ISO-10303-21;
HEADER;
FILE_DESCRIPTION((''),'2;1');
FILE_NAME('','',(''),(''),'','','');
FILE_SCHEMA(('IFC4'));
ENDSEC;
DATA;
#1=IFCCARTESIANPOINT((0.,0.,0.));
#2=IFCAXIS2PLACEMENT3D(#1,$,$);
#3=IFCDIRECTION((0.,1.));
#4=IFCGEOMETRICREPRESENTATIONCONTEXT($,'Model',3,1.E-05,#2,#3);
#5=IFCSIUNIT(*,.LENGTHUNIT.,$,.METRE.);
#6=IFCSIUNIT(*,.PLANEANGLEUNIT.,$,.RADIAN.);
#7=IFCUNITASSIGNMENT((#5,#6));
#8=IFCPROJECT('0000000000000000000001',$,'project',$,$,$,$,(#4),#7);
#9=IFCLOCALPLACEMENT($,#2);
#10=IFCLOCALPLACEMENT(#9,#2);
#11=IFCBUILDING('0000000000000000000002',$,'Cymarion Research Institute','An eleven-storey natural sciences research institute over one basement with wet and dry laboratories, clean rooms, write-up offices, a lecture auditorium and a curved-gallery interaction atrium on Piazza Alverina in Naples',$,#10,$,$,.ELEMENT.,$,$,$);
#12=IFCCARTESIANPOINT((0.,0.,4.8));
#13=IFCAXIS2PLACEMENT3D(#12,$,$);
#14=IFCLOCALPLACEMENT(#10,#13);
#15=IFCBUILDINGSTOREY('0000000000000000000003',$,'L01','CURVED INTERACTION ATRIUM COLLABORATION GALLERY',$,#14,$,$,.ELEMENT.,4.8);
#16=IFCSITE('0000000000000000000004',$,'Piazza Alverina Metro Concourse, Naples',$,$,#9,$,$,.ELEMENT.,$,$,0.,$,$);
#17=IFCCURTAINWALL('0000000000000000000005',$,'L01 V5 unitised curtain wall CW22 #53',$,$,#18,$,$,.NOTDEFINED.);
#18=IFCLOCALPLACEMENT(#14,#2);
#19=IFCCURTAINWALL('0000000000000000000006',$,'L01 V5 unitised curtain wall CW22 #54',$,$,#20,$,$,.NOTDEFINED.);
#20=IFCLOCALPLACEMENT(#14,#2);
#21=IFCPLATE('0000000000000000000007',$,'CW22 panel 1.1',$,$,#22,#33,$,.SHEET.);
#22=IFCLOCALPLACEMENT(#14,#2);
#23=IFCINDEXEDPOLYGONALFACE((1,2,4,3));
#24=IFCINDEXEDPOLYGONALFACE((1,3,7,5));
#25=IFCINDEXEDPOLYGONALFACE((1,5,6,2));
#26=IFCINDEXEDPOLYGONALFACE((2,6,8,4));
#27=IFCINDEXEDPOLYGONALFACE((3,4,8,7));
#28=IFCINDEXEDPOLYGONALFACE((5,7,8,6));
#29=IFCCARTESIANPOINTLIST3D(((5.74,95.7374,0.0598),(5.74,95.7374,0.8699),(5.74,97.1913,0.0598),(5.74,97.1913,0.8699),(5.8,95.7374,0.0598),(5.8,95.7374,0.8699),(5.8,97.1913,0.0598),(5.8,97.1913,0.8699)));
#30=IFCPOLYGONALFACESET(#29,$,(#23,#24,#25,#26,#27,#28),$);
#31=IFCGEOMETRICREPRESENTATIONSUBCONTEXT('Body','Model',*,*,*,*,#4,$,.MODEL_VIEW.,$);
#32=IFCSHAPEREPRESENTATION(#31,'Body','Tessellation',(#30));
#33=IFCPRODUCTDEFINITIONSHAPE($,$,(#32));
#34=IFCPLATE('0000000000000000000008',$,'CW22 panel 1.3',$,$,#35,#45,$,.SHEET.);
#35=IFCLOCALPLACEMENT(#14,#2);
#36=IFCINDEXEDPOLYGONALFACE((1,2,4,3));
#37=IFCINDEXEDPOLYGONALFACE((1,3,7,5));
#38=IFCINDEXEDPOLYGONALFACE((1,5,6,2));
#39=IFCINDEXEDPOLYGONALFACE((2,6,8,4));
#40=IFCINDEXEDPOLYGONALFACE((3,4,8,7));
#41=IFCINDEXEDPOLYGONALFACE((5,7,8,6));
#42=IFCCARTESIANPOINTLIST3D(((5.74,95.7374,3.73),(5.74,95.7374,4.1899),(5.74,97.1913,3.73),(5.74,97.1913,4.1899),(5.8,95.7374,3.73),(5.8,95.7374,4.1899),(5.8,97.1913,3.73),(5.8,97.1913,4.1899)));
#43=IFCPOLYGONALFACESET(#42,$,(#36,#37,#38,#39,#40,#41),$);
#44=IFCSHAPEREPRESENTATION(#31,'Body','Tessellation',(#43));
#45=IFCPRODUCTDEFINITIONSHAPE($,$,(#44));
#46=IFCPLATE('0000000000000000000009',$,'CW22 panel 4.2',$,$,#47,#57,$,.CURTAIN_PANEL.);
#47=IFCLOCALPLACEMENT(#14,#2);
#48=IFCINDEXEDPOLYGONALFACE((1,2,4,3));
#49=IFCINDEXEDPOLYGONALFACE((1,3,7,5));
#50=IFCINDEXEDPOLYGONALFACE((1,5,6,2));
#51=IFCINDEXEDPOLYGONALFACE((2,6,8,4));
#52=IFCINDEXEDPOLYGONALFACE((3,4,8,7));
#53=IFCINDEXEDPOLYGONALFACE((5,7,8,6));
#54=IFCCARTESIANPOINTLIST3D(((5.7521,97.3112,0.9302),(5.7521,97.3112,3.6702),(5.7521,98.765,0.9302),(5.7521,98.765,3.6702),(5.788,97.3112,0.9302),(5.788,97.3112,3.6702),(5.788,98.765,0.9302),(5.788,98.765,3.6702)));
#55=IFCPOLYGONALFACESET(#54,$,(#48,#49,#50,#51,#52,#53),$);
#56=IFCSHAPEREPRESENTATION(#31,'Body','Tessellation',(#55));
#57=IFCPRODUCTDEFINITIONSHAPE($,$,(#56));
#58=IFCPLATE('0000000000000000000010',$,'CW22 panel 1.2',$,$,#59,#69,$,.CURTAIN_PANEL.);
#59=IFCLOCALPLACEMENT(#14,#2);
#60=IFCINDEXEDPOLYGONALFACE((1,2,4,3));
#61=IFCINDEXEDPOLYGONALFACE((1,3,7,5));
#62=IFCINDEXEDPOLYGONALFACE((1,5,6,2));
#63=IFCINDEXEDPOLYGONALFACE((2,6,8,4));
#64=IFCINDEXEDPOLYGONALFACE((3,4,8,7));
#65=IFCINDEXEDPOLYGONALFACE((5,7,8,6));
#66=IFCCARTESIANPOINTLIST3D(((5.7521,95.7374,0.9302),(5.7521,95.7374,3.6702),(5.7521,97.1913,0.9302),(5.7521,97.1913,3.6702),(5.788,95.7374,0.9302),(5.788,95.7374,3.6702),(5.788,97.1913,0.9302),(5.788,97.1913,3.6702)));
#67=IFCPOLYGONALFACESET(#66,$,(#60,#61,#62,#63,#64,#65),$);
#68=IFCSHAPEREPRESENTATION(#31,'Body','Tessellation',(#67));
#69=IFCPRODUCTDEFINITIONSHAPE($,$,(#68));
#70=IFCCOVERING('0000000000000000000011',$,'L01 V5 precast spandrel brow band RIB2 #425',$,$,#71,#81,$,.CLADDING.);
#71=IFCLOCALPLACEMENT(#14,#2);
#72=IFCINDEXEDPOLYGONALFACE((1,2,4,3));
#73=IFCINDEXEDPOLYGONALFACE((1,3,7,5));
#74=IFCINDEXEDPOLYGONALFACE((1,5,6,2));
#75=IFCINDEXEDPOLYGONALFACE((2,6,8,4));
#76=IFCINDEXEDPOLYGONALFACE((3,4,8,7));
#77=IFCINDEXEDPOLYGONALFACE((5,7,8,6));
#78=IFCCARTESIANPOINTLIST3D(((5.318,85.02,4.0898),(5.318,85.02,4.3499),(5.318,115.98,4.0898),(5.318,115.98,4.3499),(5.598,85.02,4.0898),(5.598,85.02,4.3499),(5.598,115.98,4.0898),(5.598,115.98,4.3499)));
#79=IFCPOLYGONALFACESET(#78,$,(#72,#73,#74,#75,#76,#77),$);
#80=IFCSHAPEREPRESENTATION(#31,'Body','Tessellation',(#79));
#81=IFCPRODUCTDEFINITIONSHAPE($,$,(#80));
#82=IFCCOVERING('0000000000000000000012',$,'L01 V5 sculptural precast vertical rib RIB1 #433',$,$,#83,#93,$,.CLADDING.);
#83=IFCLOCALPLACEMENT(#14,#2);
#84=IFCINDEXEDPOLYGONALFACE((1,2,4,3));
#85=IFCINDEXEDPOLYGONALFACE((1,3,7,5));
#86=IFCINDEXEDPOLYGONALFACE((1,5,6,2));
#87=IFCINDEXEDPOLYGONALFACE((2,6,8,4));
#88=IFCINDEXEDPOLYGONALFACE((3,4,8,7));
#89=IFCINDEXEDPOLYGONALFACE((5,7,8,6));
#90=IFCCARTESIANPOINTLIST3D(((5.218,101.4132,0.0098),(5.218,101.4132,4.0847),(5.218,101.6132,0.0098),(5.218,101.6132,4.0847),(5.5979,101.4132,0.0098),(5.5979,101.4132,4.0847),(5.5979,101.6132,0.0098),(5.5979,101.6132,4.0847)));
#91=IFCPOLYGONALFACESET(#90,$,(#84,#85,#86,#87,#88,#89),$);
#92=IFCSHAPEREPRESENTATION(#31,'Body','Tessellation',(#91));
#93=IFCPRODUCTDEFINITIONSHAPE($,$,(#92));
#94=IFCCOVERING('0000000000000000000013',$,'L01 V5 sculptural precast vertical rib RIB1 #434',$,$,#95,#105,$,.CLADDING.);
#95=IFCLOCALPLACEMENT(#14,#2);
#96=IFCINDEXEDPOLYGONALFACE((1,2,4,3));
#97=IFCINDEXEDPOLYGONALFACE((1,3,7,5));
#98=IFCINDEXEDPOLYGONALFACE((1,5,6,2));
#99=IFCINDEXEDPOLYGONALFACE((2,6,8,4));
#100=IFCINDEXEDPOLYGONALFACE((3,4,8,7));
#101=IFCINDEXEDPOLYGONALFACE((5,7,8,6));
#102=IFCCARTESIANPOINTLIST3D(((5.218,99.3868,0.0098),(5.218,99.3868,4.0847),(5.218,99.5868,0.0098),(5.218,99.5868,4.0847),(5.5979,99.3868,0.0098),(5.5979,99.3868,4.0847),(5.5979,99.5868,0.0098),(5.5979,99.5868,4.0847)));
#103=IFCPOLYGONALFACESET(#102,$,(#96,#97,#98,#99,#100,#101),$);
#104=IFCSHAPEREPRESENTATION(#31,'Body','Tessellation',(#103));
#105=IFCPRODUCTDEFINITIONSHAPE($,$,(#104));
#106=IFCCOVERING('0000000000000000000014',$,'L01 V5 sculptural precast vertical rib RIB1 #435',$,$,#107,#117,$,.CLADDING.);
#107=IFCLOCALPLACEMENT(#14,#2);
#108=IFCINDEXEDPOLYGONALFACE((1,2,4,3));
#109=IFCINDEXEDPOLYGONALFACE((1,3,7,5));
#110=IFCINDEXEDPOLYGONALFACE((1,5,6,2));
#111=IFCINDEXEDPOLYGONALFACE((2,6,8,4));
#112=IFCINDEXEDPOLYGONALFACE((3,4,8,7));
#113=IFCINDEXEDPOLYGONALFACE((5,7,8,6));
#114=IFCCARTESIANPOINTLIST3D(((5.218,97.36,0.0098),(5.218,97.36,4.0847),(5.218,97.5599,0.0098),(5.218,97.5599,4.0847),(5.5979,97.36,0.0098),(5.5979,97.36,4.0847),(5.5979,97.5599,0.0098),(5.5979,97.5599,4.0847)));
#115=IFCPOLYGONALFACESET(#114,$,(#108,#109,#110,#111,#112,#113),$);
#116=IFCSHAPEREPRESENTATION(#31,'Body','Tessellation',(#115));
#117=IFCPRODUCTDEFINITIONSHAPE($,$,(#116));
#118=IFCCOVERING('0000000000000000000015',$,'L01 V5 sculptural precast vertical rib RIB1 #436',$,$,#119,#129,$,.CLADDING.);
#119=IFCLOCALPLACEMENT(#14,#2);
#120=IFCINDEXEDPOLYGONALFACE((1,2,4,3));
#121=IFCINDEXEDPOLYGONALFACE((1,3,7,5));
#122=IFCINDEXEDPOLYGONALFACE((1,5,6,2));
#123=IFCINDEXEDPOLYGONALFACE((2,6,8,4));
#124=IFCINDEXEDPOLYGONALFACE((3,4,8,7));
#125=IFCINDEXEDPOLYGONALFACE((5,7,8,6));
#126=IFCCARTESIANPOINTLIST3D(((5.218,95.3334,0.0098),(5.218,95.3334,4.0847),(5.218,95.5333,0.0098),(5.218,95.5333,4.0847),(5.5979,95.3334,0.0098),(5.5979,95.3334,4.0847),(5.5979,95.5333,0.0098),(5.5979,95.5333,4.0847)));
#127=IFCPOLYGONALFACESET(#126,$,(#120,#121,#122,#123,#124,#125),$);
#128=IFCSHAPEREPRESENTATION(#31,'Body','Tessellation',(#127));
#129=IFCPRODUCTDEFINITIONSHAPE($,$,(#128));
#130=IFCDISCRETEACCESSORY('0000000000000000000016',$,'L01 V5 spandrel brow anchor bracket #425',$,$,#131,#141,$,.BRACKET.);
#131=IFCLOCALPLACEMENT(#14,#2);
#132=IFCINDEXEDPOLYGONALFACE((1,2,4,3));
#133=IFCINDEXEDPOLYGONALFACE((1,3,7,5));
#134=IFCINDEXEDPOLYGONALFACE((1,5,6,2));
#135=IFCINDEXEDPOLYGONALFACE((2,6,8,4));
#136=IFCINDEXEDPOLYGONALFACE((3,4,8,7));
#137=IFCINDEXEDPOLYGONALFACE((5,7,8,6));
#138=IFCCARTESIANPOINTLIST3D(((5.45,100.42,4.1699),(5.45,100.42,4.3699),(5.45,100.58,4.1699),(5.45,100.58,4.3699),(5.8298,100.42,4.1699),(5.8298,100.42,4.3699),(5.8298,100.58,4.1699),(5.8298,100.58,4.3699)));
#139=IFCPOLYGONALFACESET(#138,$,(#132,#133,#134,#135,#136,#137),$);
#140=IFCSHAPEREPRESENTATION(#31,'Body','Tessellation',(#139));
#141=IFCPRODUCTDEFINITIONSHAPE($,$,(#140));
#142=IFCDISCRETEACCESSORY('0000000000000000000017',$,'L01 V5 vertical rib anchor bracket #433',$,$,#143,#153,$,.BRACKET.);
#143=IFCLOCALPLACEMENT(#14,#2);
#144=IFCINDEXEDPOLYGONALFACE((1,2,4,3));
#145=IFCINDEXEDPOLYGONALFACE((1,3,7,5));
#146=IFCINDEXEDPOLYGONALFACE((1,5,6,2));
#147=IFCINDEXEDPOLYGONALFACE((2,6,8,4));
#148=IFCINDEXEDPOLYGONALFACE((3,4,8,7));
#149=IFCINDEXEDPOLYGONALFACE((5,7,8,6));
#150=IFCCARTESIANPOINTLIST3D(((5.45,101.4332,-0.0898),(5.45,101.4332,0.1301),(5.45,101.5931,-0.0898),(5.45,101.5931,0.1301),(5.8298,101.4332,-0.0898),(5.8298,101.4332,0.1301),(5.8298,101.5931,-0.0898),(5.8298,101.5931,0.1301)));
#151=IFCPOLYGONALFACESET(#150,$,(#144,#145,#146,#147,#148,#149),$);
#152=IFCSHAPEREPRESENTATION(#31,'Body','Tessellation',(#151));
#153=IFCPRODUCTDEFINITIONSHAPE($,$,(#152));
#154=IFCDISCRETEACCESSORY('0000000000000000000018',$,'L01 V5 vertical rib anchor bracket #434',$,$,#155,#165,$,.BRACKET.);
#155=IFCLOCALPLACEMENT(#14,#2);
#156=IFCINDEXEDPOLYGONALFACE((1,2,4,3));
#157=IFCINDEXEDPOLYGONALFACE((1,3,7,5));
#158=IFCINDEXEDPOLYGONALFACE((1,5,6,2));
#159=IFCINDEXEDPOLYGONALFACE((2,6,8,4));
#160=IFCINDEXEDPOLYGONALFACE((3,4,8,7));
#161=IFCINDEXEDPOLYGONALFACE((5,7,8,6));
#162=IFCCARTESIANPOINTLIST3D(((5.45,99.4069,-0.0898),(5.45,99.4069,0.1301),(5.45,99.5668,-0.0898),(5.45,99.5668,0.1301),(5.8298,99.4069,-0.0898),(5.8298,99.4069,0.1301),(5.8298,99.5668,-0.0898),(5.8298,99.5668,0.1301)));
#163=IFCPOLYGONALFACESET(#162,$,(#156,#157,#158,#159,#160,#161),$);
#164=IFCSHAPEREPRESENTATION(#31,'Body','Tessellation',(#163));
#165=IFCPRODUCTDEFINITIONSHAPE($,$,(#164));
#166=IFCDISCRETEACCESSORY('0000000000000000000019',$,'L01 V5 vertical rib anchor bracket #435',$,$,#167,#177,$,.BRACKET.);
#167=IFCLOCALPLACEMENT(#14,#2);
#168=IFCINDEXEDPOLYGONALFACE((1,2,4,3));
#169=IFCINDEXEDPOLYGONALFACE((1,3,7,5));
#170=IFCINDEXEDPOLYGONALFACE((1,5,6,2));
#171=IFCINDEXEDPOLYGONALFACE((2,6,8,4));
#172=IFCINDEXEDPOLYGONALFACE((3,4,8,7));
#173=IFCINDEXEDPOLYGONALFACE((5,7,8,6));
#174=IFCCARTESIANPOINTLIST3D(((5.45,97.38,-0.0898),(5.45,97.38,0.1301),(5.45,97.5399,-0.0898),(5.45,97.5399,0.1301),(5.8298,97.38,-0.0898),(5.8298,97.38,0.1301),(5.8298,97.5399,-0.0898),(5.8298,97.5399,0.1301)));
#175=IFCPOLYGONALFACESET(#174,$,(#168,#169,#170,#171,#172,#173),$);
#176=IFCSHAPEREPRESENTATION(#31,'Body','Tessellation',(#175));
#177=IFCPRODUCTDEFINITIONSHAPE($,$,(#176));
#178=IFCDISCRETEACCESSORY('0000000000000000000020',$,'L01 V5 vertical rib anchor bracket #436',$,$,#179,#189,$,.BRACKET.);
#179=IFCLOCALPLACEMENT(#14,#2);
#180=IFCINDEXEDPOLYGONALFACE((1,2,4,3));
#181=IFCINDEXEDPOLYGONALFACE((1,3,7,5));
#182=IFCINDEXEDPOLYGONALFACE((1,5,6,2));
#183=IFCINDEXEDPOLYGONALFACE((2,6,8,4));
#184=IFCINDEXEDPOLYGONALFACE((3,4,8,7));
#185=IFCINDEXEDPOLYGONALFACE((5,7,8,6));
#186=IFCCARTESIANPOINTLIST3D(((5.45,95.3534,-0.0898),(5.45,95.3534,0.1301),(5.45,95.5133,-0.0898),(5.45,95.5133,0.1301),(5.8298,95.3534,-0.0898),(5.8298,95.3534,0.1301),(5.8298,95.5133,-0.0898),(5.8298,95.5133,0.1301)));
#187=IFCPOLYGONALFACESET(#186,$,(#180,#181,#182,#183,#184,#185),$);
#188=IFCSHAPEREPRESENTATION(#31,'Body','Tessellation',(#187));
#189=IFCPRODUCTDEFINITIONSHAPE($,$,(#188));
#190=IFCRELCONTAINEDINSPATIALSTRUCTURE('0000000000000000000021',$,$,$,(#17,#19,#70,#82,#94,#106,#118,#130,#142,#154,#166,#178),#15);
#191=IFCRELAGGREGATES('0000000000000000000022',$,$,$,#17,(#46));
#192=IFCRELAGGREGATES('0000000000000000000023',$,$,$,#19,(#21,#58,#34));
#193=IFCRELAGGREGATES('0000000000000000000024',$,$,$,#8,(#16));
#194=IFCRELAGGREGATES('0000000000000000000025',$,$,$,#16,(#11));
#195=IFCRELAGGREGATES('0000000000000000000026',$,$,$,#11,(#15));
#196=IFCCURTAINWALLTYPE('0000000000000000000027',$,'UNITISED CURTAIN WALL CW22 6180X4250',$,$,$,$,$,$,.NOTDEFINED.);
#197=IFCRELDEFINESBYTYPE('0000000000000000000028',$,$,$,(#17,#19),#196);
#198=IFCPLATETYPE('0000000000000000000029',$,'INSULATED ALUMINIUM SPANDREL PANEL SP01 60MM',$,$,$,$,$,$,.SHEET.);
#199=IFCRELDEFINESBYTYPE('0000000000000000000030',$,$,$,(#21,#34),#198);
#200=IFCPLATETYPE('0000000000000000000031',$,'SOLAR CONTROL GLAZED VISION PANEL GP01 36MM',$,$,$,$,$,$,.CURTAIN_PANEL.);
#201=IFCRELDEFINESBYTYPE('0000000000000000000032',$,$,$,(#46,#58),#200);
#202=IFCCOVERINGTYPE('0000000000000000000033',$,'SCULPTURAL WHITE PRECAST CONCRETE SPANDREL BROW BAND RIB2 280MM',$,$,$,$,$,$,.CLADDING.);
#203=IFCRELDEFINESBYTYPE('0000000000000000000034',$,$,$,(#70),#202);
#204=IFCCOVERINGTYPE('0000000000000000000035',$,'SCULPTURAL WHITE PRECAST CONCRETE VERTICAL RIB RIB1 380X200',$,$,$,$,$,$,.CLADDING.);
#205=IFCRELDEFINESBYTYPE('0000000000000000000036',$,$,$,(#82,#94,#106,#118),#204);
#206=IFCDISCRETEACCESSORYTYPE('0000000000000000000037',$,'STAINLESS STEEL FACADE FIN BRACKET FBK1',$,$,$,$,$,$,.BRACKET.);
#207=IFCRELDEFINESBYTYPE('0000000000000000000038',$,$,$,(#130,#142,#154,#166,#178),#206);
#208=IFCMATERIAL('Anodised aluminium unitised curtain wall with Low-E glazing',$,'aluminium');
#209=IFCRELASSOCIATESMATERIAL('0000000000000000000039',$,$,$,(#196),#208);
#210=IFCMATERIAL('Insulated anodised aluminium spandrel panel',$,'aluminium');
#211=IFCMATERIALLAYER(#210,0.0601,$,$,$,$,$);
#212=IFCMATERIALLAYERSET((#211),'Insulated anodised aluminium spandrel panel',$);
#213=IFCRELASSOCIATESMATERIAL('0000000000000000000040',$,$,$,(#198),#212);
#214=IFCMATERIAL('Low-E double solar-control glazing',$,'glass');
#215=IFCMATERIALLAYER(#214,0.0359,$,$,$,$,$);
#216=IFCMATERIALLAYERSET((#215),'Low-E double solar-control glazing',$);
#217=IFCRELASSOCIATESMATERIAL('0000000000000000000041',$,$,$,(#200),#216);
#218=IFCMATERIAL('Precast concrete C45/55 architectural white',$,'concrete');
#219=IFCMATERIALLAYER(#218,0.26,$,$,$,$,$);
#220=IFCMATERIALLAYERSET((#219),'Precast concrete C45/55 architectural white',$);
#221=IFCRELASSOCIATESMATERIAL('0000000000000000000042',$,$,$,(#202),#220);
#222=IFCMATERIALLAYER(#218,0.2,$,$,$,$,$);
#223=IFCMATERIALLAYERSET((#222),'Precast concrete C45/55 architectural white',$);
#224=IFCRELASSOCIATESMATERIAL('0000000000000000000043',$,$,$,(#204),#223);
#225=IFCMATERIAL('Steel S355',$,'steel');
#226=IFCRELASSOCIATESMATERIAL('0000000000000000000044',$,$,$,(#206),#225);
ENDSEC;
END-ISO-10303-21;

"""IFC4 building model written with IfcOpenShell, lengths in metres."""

from ifc_helpers import new_model, si_unit, direction, frame, origin, origin_2d, place, context, subcontext, project, spatial, rectangle, extrude, material, layer, layer_set, type_object, element, aggregate, save


model = new_model("IFC4")

# Units and contexts
model_context = context("Model", 3, precision=1e-05, world=origin(), true_north=direction((0.0, 1.0)))
body_context = subcontext(model_context, "Body", "Model", "MODEL_VIEW")
ifc_project = project(units=[si_unit("LENGTHUNIT", "METRE"), si_unit("PLANEANGLEUNIT", "RADIAN")], contexts=[model_context])

# Site, building, storey
site_placement = place(None, origin())
site = spatial("IfcSite", under=ifc_project, at=site_placement, Name="Piazza Alverina Metro Concourse, Naples", CompositionType="ELEMENT", RefElevation=0.0)
building_placement = place(site_placement, origin())
building = spatial("IfcBuilding", under=site, at=building_placement, Name="Cymarion Research Institute", Description="An eleven-storey natural sciences research institute over one basement with wet and dry laboratories, clean rooms, write-up offices, a lecture auditorium and a curved-gallery interaction atrium on Piazza Alverina in Naples", CompositionType="ELEMENT")
storey_placement = place(building_placement, frame((0.0, 0.0, 4.8)))
storey = spatial("IfcBuildingStorey", under=building, at=storey_placement, Name="L01", Description="CURVED INTERACTION ATRIUM COLLABORATION GALLERY", CompositionType="ELEMENT", Elevation=4.8)

# Curtain wall
ifc_material_1 = material(Name="Anodised aluminium unitised curtain wall with Low-E glazing", Category="aluminium")
curtain_wall_type = type_object("IfcCurtainWallType", Name="UNITISED CURTAIN WALL CW22 6180X4250", PredefinedType="NOTDEFINED", material=ifc_material_1)
curtain_wall_1_placement = place(storey_placement, origin())
curtain_wall_1 = element("IfcCurtainWall", 1, at=curtain_wall_1_placement, inside=storey, type_object=curtain_wall_type, Name="L01 V5 unitised curtain wall CW22 #53", PredefinedType="NOTDEFINED")

# Curtain wall
curtain_wall_2_placement = place(storey_placement, origin())
curtain_wall_2 = element("IfcCurtainWall", 2, at=curtain_wall_2_placement, inside=storey, type_object=curtain_wall_type, Name="L01 V5 unitised curtain wall CW22 #54", PredefinedType="NOTDEFINED")

# Plates
ifc_material_2 = material(Name="Insulated anodised aluminium spandrel panel", Category="aluminium")
ifc_layer_1 = layer(ifc_material_2, 0.0601)
ifc_layer_set_1 = layer_set([ifc_layer_1], Name="Insulated anodised aluminium spandrel panel")
plate_type_1 = type_object("IfcPlateType", Name="INSULATED ALUMINIUM SPANDREL PANEL SP01 60MM", PredefinedType="SHEET", material=ifc_layer_set_1)
plate_1_placement = place(storey_placement, frame((5.77, 96.4644, 0.0598), z_axis=(0.0, 0.0, 1.0), x_axis=(0.0, -1.0, 0.0)))
plate_1 = element("IfcPlate", 3, at=plate_1_placement, type_object=plate_type_1, Name="CW22 panel 1.1", PredefinedType="SHEET", context=body_context, shape_type="SweptSolid", body=[
    extrude(rectangle(XDim=1.4539, YDim=0.0601, at=origin_2d()), origin(), (0.0, 0.0, 1.0), 0.8101),
])
plate_2_placement = place(storey_placement, frame((5.77, 96.4644, 3.73), z_axis=(0.0, 0.0, 1.0), x_axis=(0.0, -1.0, 0.0)))
plate_2 = element("IfcPlate", 4, at=plate_2_placement, type_object=plate_type_1, Name="CW22 panel 1.3", PredefinedType="SHEET", context=body_context, shape_type="SweptSolid", body=[
    extrude(rectangle(XDim=1.4539, YDim=0.0601, at=origin_2d()), origin(), (0.0, 0.0, 1.0), 0.46),
])
ifc_material_3 = material(Name="Low-E double solar-control glazing", Category="glass")
ifc_layer_2 = layer(ifc_material_3, 0.0359)
ifc_layer_set_2 = layer_set([ifc_layer_2], Name="Low-E double solar-control glazing")
plate_type_2 = type_object("IfcPlateType", Name="SOLAR CONTROL GLAZED VISION PANEL GP01 36MM", PredefinedType="CURTAIN_PANEL", material=ifc_layer_set_2)
plate_3_placement = place(storey_placement, frame((5.77, 98.0381, 0.9302), z_axis=(0.0, 0.0, 1.0), x_axis=(0.0, -1.0, 0.0)))
plate_3 = element("IfcPlate", 5, at=plate_3_placement, type_object=plate_type_2, Name="CW22 panel 4.2", PredefinedType="CURTAIN_PANEL", context=body_context, shape_type="SweptSolid", body=[
    extrude(rectangle(XDim=1.4539, YDim=0.0359, at=origin_2d()), origin(), (0.0, 0.0, 1.0), 2.74),
])
aggregate(curtain_wall_1, [plate_3])
plate_4_placement = place(storey_placement, frame((5.77, 96.4644, 0.9302), z_axis=(0.0, 0.0, 1.0), x_axis=(0.0, -1.0, 0.0)))
plate_4 = element("IfcPlate", 6, at=plate_4_placement, type_object=plate_type_2, Name="CW22 panel 1.2", PredefinedType="CURTAIN_PANEL", context=body_context, shape_type="SweptSolid", body=[
    extrude(rectangle(XDim=1.4539, YDim=0.0359, at=origin_2d()), origin(), (0.0, 0.0, 1.0), 2.74),
])
aggregate(curtain_wall_2, [plate_1, plate_4, plate_2])

# Coverings
ifc_material_4 = material(Name="Precast concrete C45/55 architectural white", Category="concrete")
ifc_layer_3 = layer(ifc_material_4, 0.26)
ifc_layer_set_3 = layer_set([ifc_layer_3], Name="Precast concrete C45/55 architectural white")
covering_type_1 = type_object("IfcCoveringType", Name="SCULPTURAL WHITE PRECAST CONCRETE SPANDREL BROW BAND RIB2 280MM", PredefinedType="CLADDING", material=ifc_layer_set_3)
covering_placement = place(storey_placement, frame((5.458, 100.5, 4.0898), z_axis=(0.0, 0.0, 1.0), x_axis=(-1.0, 0.0, 0.0)))
element("IfcCovering", 7, at=covering_placement, inside=storey, type_object=covering_type_1, Name="L01 V5 precast spandrel brow band RIB2 #425", PredefinedType="CLADDING", context=body_context, shape_type="SweptSolid", body=[
    extrude(rectangle(XDim=0.28, YDim=30.96, at=origin_2d()), origin(), (0.0, 0.0, 1.0), 0.26),
])
ifc_layer_4 = layer(ifc_material_4, 0.2)
ifc_layer_set_4 = layer_set([ifc_layer_4], Name="Precast concrete C45/55 architectural white")
covering_type_2 = type_object("IfcCoveringType", Name="SCULPTURAL WHITE PRECAST CONCRETE VERTICAL RIB RIB1 380X200", PredefinedType="CLADDING", material=ifc_layer_set_4)
for number, where, z_axis, x_axis, name in (
    (8, (5.408, 101.5132, 0.0098), (0.0, 0.0, 1.0), (-1.0, 0.0, 0.0), "L01 V5 sculptural precast vertical rib RIB1 #433"),
    (9, (5.408, 99.4868, 0.0098), (0.0, 0.0, 1.0), (-1.0, 0.0, 0.0), "L01 V5 sculptural precast vertical rib RIB1 #434"),
    (10, (5.408, 97.46, 0.0098), (0.0, 0.0, 1.0), (-1.0, 0.0, 0.0), "L01 V5 sculptural precast vertical rib RIB1 #435"),
    (11, (5.408, 95.4333, 0.0098), (0.0, 0.0, 1.0), (-1.0, 0.0, 0.0), "L01 V5 sculptural precast vertical rib RIB1 #436"),
):
    element("IfcCovering", number, at=place(storey_placement, frame(where, z_axis=z_axis, x_axis=x_axis)), inside=storey, type_object=covering_type_2, Name=name, PredefinedType="CLADDING", context=body_context, shape_type="SweptSolid", body=[
        extrude(rectangle(XDim=0.3799, YDim=0.2, at=origin_2d()), origin(), (0.0, 0.0, 1.0), 4.075),
    ])

# Discrete accessories
ifc_material_5 = material(Name="Steel S355", Category="steel")
discrete_accessory_type = type_object("IfcDiscreteAccessoryType", Name="STAINLESS STEEL FACADE FIN BRACKET FBK1", PredefinedType="BRACKET", material=ifc_material_5)
discrete_accessory_placement = place(storey_placement, frame((5.6399, 100.5, 4.1699), z_axis=(0.0, 0.0, 1.0), x_axis=(-1.0, 0.0, 0.0)))
element("IfcDiscreteAccessory", 12, at=discrete_accessory_placement, inside=storey, type_object=discrete_accessory_type, Name="L01 V5 spandrel brow anchor bracket #425", PredefinedType="BRACKET", context=body_context, shape_type="SweptSolid", body=[
    extrude(rectangle(XDim=0.3799, YDim=0.1599, at=origin_2d()), origin(), (0.0, 0.0, 1.0), 0.2),
])
for number, where, z_axis, x_axis, name in (
    (13, (5.6399, 101.5132, -0.0898), (0.0, 0.0, 1.0), (-1.0, 0.0, 0.0), "L01 V5 vertical rib anchor bracket #433"),
    (14, (5.6399, 99.4868, -0.0898), (0.0, 0.0, 1.0), (-1.0, 0.0, 0.0), "L01 V5 vertical rib anchor bracket #434"),
    (15, (5.6399, 97.46, -0.0898), (0.0, 0.0, 1.0), (-1.0, 0.0, 0.0), "L01 V5 vertical rib anchor bracket #435"),
    (16, (5.6399, 95.4333, -0.0898), (0.0, 0.0, 1.0), (-1.0, 0.0, 0.0), "L01 V5 vertical rib anchor bracket #436"),
):
    element("IfcDiscreteAccessory", number, at=place(storey_placement, frame(where, z_axis=z_axis, x_axis=x_axis)), inside=storey, type_object=discrete_accessory_type, Name=name, PredefinedType="BRACKET", context=body_context, shape_type="SweptSolid", body=[
        extrude(rectangle(XDim=0.3799, YDim=0.1599, at=origin_2d()), origin(), (0.0, 0.0, 1.0), 0.22),
    ])

save(model, "model.ifc")
